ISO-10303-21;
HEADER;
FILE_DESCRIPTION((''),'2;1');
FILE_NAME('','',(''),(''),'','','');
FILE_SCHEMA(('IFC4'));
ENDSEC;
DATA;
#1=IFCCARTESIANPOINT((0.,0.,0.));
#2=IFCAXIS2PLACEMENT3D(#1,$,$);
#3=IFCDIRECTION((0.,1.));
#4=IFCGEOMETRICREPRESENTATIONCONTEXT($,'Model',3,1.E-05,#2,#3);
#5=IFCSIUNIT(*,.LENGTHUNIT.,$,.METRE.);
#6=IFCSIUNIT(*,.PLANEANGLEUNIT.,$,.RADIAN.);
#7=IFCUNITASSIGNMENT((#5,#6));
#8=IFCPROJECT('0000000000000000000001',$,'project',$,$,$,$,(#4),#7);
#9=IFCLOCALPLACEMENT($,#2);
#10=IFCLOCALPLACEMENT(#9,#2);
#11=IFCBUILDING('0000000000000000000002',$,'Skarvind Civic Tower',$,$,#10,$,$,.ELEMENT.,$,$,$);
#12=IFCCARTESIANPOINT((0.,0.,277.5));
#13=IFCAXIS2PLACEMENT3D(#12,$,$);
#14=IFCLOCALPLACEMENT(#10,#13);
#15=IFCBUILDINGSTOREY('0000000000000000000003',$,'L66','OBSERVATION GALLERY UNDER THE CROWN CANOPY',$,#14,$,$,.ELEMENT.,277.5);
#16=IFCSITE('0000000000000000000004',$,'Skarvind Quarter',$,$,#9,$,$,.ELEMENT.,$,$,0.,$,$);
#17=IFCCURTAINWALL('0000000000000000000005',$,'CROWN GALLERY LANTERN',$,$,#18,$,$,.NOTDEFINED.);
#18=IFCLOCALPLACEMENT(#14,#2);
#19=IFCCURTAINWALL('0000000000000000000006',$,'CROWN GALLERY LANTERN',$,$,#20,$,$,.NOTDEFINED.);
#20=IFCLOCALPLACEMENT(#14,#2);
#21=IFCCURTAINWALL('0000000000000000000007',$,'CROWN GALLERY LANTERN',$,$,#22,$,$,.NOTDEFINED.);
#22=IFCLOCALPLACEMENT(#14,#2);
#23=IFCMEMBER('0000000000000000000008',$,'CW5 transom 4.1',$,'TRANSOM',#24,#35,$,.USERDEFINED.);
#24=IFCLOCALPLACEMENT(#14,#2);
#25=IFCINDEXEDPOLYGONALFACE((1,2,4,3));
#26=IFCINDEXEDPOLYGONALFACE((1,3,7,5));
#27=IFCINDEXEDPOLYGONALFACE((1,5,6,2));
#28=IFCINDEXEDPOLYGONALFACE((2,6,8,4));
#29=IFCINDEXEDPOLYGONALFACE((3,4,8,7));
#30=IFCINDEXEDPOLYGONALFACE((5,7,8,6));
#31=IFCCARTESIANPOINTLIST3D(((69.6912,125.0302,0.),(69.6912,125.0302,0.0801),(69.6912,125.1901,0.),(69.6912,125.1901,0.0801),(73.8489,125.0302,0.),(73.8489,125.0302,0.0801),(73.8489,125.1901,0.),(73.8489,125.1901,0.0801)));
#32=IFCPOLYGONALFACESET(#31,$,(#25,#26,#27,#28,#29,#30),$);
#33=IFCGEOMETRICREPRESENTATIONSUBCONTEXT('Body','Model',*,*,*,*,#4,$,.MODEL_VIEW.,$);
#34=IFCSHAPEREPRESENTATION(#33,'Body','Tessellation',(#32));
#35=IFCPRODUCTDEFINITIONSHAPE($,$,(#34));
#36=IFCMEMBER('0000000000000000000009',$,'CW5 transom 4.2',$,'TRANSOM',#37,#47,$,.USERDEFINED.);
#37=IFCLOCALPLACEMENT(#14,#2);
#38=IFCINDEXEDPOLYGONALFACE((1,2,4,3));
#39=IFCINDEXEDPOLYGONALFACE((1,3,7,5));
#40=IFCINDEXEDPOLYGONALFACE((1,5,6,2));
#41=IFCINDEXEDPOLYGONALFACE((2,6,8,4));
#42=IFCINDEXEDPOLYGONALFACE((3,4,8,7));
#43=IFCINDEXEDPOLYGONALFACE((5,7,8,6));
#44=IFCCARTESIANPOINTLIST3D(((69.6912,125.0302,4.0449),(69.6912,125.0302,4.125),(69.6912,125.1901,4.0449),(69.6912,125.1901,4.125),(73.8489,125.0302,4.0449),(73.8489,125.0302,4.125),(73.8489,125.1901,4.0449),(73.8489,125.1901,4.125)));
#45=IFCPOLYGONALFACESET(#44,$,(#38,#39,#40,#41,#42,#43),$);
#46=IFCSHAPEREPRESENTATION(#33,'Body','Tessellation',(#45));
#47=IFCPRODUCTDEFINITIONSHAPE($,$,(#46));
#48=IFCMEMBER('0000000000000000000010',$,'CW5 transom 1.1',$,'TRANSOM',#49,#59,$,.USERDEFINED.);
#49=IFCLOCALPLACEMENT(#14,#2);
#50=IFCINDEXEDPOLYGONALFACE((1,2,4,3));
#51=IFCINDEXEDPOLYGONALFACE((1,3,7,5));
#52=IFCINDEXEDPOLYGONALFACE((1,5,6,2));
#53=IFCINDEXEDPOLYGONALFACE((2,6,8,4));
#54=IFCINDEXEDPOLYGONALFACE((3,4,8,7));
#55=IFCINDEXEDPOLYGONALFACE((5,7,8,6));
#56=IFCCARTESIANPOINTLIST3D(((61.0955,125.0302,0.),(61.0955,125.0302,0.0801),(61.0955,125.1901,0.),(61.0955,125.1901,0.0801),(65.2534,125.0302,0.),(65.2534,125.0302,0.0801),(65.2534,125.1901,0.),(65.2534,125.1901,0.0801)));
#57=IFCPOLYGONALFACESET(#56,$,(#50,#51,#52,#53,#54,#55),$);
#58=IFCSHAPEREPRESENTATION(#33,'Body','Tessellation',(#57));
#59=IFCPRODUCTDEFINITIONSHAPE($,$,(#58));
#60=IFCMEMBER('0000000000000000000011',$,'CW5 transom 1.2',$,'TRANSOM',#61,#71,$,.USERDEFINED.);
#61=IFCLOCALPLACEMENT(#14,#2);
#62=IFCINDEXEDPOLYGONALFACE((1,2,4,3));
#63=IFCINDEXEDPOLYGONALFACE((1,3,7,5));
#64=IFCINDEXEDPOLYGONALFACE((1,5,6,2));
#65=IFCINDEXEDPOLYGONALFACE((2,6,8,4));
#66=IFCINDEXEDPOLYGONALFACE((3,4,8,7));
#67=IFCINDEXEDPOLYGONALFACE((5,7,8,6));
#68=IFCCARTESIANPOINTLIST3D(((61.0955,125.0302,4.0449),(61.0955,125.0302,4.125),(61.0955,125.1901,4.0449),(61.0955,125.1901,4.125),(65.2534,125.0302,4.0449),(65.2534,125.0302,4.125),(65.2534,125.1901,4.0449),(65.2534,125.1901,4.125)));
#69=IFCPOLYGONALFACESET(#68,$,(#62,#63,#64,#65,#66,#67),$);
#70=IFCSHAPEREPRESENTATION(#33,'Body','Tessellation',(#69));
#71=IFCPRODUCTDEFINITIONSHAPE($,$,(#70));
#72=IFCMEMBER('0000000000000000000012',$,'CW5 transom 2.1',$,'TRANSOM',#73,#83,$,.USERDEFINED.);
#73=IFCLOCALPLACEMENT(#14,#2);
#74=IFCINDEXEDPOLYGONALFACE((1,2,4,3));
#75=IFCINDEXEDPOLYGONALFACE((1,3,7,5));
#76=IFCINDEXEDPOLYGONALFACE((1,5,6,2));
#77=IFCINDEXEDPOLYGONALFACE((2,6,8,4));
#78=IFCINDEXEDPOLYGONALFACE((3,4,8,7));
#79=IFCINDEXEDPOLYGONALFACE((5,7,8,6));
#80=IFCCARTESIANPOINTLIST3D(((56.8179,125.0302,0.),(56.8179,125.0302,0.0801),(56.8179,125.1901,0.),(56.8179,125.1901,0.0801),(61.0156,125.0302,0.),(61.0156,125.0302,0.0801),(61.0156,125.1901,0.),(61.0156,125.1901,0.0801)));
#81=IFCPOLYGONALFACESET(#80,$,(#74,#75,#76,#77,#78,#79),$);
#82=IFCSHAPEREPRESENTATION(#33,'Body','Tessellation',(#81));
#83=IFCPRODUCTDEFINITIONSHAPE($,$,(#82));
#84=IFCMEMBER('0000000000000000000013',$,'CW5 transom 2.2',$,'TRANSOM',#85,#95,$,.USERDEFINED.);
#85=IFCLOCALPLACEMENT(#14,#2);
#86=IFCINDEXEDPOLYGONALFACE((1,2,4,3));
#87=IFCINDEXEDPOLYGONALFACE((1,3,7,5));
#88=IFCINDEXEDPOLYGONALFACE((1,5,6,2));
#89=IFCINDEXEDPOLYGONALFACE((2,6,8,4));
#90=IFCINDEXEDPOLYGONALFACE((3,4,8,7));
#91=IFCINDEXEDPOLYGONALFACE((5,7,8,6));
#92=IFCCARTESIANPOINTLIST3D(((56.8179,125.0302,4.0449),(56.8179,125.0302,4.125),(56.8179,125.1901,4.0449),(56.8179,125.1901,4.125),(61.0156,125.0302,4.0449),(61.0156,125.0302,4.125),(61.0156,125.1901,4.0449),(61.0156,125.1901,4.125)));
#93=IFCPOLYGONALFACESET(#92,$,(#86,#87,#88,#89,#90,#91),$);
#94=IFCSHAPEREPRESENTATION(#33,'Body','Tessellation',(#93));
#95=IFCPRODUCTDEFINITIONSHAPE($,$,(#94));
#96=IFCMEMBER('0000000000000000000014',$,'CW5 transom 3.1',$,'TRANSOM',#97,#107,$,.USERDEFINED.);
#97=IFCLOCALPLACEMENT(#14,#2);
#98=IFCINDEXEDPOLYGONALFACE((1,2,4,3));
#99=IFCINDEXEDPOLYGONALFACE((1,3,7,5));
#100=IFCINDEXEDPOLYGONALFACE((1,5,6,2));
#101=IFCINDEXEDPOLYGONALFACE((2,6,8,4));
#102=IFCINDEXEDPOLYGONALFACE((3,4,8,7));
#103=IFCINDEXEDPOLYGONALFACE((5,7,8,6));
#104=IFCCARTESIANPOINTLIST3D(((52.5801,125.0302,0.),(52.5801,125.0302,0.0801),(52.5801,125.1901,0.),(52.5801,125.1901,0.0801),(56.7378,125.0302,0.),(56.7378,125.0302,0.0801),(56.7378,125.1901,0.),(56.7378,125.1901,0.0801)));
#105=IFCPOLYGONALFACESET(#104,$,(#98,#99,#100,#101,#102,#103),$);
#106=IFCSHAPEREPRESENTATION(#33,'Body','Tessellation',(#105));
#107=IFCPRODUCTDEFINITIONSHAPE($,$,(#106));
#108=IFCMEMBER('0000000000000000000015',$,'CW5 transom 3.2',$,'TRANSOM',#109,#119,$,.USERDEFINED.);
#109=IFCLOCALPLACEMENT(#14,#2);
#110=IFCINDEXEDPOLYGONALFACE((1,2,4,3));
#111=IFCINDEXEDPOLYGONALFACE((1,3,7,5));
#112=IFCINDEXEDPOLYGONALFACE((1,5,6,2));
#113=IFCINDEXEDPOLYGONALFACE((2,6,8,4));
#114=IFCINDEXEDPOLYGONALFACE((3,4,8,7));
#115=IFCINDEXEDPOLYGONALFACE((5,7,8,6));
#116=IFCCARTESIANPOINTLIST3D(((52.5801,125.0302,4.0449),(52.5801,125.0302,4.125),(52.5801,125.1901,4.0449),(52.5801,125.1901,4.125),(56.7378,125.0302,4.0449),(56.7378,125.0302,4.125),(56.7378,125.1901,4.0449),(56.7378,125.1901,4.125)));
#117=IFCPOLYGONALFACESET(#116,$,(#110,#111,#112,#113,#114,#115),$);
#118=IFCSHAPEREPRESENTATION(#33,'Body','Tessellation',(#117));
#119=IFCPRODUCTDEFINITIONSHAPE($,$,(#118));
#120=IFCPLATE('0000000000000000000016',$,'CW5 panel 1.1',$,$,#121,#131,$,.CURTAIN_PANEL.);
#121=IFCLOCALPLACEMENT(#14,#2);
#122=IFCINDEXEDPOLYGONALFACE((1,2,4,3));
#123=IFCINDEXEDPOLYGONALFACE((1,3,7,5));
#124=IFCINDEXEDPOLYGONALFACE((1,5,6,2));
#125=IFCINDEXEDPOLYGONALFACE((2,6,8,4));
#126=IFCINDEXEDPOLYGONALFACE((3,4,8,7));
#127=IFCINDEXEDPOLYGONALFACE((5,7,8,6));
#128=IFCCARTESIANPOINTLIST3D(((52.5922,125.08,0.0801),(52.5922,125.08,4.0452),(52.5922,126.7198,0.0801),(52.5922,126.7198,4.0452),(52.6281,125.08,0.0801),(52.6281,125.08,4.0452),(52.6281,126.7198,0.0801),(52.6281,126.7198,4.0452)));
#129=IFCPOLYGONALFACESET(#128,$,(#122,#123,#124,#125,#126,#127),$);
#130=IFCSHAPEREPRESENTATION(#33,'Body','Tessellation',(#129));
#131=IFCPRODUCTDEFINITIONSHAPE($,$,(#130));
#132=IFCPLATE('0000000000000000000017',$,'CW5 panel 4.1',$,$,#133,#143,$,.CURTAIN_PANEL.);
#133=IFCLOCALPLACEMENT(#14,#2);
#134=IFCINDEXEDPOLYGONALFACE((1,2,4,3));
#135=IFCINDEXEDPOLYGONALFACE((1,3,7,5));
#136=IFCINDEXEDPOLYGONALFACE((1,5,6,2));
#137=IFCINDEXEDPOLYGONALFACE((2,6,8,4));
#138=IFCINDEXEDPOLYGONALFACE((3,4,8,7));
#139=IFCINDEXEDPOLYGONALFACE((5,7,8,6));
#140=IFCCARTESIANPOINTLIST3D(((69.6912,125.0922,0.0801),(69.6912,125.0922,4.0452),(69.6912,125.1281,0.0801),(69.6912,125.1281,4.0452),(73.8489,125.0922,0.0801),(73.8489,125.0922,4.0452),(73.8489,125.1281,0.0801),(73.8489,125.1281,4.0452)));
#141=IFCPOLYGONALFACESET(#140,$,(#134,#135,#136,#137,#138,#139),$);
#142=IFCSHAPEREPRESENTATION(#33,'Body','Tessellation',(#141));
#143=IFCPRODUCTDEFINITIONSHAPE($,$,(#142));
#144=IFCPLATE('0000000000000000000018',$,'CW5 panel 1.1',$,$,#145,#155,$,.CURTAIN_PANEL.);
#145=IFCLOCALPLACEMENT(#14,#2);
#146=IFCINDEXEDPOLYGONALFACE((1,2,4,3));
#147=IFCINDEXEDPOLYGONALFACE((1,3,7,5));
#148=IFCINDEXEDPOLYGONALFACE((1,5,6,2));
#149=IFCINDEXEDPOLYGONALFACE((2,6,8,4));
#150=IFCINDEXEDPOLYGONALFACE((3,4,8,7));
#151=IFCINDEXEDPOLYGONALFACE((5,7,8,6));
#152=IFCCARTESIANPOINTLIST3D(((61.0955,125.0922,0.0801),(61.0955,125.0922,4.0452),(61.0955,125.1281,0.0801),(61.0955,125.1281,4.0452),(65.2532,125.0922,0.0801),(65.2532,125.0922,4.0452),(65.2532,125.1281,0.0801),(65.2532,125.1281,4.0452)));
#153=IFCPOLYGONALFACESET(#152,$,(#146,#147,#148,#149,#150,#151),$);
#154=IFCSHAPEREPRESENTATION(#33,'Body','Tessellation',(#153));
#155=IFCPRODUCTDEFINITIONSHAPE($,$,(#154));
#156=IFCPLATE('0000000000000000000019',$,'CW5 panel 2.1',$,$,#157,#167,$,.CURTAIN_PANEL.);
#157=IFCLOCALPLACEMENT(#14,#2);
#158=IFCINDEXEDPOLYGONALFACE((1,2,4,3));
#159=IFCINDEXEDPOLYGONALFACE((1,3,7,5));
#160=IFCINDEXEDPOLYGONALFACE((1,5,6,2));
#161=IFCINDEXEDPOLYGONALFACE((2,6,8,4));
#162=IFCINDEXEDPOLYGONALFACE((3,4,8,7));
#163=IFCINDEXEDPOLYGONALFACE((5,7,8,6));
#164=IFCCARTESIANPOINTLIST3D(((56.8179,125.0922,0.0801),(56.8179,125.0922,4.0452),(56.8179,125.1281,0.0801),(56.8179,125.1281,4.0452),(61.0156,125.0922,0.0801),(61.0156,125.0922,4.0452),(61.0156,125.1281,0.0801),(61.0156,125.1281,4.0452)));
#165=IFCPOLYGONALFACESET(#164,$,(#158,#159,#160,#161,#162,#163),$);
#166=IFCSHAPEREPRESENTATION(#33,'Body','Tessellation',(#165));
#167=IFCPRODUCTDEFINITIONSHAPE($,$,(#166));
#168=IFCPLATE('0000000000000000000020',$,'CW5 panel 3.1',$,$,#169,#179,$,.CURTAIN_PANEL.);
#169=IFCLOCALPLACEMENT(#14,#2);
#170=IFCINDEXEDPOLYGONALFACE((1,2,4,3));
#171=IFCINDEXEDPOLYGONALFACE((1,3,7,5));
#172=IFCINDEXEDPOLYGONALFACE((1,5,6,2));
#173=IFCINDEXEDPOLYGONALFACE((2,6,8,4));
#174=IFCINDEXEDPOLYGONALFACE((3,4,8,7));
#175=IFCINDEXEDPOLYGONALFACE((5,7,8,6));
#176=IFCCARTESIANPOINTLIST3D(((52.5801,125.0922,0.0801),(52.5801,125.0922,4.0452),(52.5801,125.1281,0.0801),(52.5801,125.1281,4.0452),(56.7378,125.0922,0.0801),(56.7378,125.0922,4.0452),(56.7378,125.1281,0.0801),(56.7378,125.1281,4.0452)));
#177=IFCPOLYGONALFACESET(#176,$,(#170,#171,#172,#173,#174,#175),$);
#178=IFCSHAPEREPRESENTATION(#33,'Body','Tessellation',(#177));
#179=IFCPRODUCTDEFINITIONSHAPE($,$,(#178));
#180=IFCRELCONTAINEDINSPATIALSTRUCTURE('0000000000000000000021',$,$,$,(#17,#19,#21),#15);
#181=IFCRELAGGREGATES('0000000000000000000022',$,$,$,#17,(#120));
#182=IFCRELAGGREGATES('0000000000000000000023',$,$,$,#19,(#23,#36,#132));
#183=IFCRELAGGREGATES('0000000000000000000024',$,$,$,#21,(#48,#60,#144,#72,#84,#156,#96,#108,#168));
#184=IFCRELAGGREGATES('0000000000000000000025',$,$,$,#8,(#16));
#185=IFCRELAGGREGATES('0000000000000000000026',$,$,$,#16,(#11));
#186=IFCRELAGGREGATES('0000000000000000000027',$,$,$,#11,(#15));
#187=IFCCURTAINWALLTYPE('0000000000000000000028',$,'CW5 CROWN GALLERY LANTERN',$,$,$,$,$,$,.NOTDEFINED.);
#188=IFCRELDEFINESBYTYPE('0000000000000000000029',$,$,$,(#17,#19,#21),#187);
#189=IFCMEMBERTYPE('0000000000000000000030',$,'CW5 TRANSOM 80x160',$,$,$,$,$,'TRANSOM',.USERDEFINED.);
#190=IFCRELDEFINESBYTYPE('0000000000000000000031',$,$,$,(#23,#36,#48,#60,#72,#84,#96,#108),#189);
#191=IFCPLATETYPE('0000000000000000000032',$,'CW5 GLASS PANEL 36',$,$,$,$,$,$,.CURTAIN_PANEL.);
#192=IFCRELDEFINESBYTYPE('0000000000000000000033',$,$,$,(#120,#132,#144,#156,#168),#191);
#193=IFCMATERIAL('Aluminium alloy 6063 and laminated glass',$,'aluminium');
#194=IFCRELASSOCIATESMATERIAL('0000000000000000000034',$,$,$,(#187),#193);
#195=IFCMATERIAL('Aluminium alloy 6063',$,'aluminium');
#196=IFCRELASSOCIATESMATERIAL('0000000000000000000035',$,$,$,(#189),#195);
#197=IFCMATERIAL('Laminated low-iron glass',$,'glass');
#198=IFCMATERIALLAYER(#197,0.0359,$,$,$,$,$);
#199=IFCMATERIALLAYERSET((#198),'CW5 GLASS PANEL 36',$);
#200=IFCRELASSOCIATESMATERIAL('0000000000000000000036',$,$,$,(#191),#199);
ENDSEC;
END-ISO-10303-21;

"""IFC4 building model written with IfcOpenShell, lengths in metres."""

from ifc_helpers import new_model, si_unit, direction, frame, origin, origin_2d, place, context, subcontext, project, spatial, rectangle, extrude, material, layer, layer_set, material_profile, profile_set, type_object, element, aggregate, save


model = new_model("IFC4")

# Units and contexts
model_context = context("Model", 3, precision=1e-05, world=origin(), true_north=direction((0.0, 1.0)))
body_context = subcontext(model_context, "Body", "Model", "MODEL_VIEW")
ifc_project = project(units=[si_unit("LENGTHUNIT", "METRE"), si_unit("PLANEANGLEUNIT", "RADIAN")], contexts=[model_context])

# Site, building, storey
site_placement = place(None, origin())
site = spatial("IfcSite", under=ifc_project, at=site_placement, Name="Skarvind Quarter", CompositionType="ELEMENT", RefElevation=0.0)
building_placement = place(site_placement, origin())
building = spatial("IfcBuilding", under=site, at=building_placement, Name="Skarvind Civic Tower", CompositionType="ELEMENT")
storey_placement = place(building_placement, frame((0.0, 0.0, 277.5)))
storey = spatial("IfcBuildingStorey", under=building, at=storey_placement, Name="L66", Description="OBSERVATION GALLERY UNDER THE CROWN CANOPY", CompositionType="ELEMENT", Elevation=277.5)

# Curtain walls
ifc_material_1 = material(Name="Aluminium alloy 6063 and laminated glass", Category="aluminium")
curtain_wall_type = type_object("IfcCurtainWallType", Name="CW5 CROWN GALLERY LANTERN", PredefinedType="NOTDEFINED", material=ifc_material_1)
curtain_wall_1_placement = place(storey_placement, origin())
curtain_wall_1 = element("IfcCurtainWall", 1, at=curtain_wall_1_placement, inside=storey, type_object=curtain_wall_type, Name="CROWN GALLERY LANTERN", PredefinedType="NOTDEFINED")
ifc_material_2 = material(Name="Aluminium alloy 6063", Category="aluminium")
curtain_wall_2_placement = place(storey_placement, origin())
curtain_wall_2 = element("IfcCurtainWall", 2, at=curtain_wall_2_placement, inside=storey, type_object=curtain_wall_type, Name="CROWN GALLERY LANTERN", PredefinedType="NOTDEFINED")
curtain_wall_3_placement = place(storey_placement, origin())
curtain_wall_3 = element("IfcCurtainWall", 3, at=curtain_wall_3_placement, inside=storey, type_object=curtain_wall_type, Name="CROWN GALLERY LANTERN", PredefinedType="NOTDEFINED")

# Members
ifc_material_profile_1 = material_profile(ifc_material_2, rectangle(XDim=0.1599, YDim=0.0801, at=origin_2d()), Name="AL 80x160")
ifc_profile_set_1 = profile_set([ifc_material_profile_1], Name="Aluminium alloy 6063")
member_type_1 = type_object("IfcMemberType", Name="CW5 TRANSOM 80x160", ElementType="TRANSOM", PredefinedType="USERDEFINED", material=ifc_profile_set_1)
member_1_placement = place(storey_placement, frame((73.8489, 125.1101, 0.04), z_axis=(-1.0, 0.0, 0.0), x_axis=(0.0, -1.0, 0.0)))
member_1 = element("IfcMember", 4, at=member_1_placement, type_object=member_type_1, Name="CW5 transom 4.1", ObjectType="TRANSOM", PredefinedType="USERDEFINED", context=body_context, shape_type="SweptSolid", body=[
    extrude(rectangle(XDim=0.1599, YDim=0.0801, at=origin_2d()), origin(), (0.0, 0.0, 1.0), 4.1577),
])
member_2_placement = place(storey_placement, frame((73.8489, 125.1101, 4.085), z_axis=(-1.0, 0.0, 0.0), x_axis=(0.0, -1.0, 0.0)))
member_2 = element("IfcMember", 5, at=member_2_placement, type_object=member_type_1, Name="CW5 transom 4.2", ObjectType="TRANSOM", PredefinedType="USERDEFINED", context=body_context, shape_type="SweptSolid", body=[
    extrude(rectangle(XDim=0.1599, YDim=0.0801, at=origin_2d()), origin(), (0.0, 0.0, 1.0), 4.1577),
])
member_3_placement = place(storey_placement, frame((65.2534, 125.1101, 0.04), z_axis=(-1.0, 0.0, 0.0), x_axis=(0.0, -1.0, 0.0)))
member_3 = element("IfcMember", 6, at=member_3_placement, type_object=member_type_1, Name="CW5 transom 1.1", ObjectType="TRANSOM", PredefinedType="USERDEFINED", context=body_context, shape_type="SweptSolid", body=[
    extrude(rectangle(XDim=0.1599, YDim=0.0801, at=origin_2d()), origin(), (0.0, 0.0, 1.0), 4.158),
])
member_4_placement = place(storey_placement, frame((65.2534, 125.1101, 4.085), z_axis=(-1.0, 0.0, 0.0), x_axis=(0.0, -1.0, 0.0)))
member_4 = element("IfcMember", 7, at=member_4_placement, type_object=member_type_1, Name="CW5 transom 1.2", ObjectType="TRANSOM", PredefinedType="USERDEFINED", context=body_context, shape_type="SweptSolid", body=[
    extrude(rectangle(XDim=0.1599, YDim=0.0801, at=origin_2d()), origin(), (0.0, 0.0, 1.0), 4.158),
])
member_5_placement = place(storey_placement, frame((61.0156, 125.1101, 0.04), z_axis=(-1.0, 0.0, 0.0), x_axis=(0.0, -1.0, 0.0)))
member_5 = element("IfcMember", 8, at=member_5_placement, type_object=member_type_1, Name="CW5 transom 2.1", ObjectType="TRANSOM", PredefinedType="USERDEFINED", context=body_context, shape_type="SweptSolid", body=[
    extrude(rectangle(XDim=0.1599, YDim=0.0801, at=origin_2d()), origin(), (0.0, 0.0, 1.0), 4.1978),
])
member_6_placement = place(storey_placement, frame((61.0156, 125.1101, 4.085), z_axis=(-1.0, 0.0, 0.0), x_axis=(0.0, -1.0, 0.0)))
member_6 = element("IfcMember", 9, at=member_6_placement, type_object=member_type_1, Name="CW5 transom 2.2", ObjectType="TRANSOM", PredefinedType="USERDEFINED", context=body_context, shape_type="SweptSolid", body=[
    extrude(rectangle(XDim=0.1599, YDim=0.0801, at=origin_2d()), origin(), (0.0, 0.0, 1.0), 4.1978),
])
member_7_placement = place(storey_placement, frame((56.7378, 125.1101, 0.04), z_axis=(-1.0, 0.0, 0.0), x_axis=(0.0, -1.0, 0.0)))
member_7 = element("IfcMember", 10, at=member_7_placement, type_object=member_type_1, Name="CW5 transom 3.1", ObjectType="TRANSOM", PredefinedType="USERDEFINED", context=body_context, shape_type="SweptSolid", body=[
    extrude(rectangle(XDim=0.1599, YDim=0.0801, at=origin_2d()), origin(), (0.0, 0.0, 1.0), 4.1577),
])
member_8_placement = place(storey_placement, frame((56.7378, 125.1101, 4.085), z_axis=(-1.0, 0.0, 0.0), x_axis=(0.0, -1.0, 0.0)))
member_8 = element("IfcMember", 11, at=member_8_placement, type_object=member_type_1, Name="CW5 transom 3.2", ObjectType="TRANSOM", PredefinedType="USERDEFINED", context=body_context, shape_type="SweptSolid", body=[
    extrude(rectangle(XDim=0.1599, YDim=0.0801, at=origin_2d()), origin(), (0.0, 0.0, 1.0), 4.1577),
])

# Plates
ifc_material_3 = material(Name="Laminated low-iron glass", Category="glass")
ifc_layer_1 = layer(ifc_material_3, 0.0359)
ifc_layer_set_1 = layer_set([ifc_layer_1], Name="CW5 GLASS PANEL 36")
plate_type = type_object("IfcPlateType", Name="CW5 GLASS PANEL 36", PredefinedType="CURTAIN_PANEL", material=ifc_layer_set_1)
plate_1_placement = place(storey_placement, frame((52.6101, 125.8999, 0.0801), z_axis=(0.0, 0.0, 1.0), x_axis=(0.0, 1.0, 0.0)))
plate_1 = element("IfcPlate", 12, at=plate_1_placement, type_object=plate_type, Name="CW5 panel 1.1", PredefinedType="CURTAIN_PANEL", context=body_context, shape_type="SweptSolid", body=[
    extrude(rectangle(XDim=1.6399, YDim=0.0359, at=origin_2d()), origin(), (0.0, 0.0, 1.0), 3.9651),
])
aggregate(curtain_wall_1, [plate_1])
plate_2_placement = place(storey_placement, frame((71.77, 125.1101, 0.0801), z_axis=(0.0, 0.0, 1.0), x_axis=(-1.0, 0.0, 0.0)))
plate_2 = element("IfcPlate", 13, at=plate_2_placement, type_object=plate_type, Name="CW5 panel 4.1", PredefinedType="CURTAIN_PANEL", context=body_context, shape_type="SweptSolid", body=[
    extrude(rectangle(XDim=4.1577, YDim=0.0359, at=origin_2d()), origin(), (0.0, 0.0, 1.0), 3.9651),
])
aggregate(curtain_wall_2, [member_1, member_2, plate_2])
plate_3_placement = place(storey_placement, frame((63.1743, 125.1101, 0.0801), z_axis=(0.0, 0.0, 1.0), x_axis=(-1.0, 0.0, 0.0)))
plate_3 = element("IfcPlate", 14, at=plate_3_placement, type_object=plate_type, Name="CW5 panel 1.1", PredefinedType="CURTAIN_PANEL", context=body_context, shape_type="SweptSolid", body=[
    extrude(rectangle(XDim=4.1577, YDim=0.0359, at=origin_2d()), origin(), (0.0, 0.0, 1.0), 3.9651),
])
plate_4_placement = place(storey_placement, frame((58.9167, 125.1101, 0.0801), z_axis=(0.0, 0.0, 1.0), x_axis=(-1.0, 0.0, 0.0)))
plate_4 = element("IfcPlate", 15, at=plate_4_placement, type_object=plate_type, Name="CW5 panel 2.1", PredefinedType="CURTAIN_PANEL", context=body_context, shape_type="SweptSolid", body=[
    extrude(rectangle(XDim=4.1978, YDim=0.0359, at=origin_2d()), origin(), (0.0, 0.0, 1.0), 3.9651),
])
plate_5_placement = place(storey_placement, frame((54.6589, 125.1101, 0.0801), z_axis=(0.0, 0.0, 1.0), x_axis=(-1.0, 0.0, 0.0)))
plate_5 = element("IfcPlate", 16, at=plate_5_placement, type_object=plate_type, Name="CW5 panel 3.1", PredefinedType="CURTAIN_PANEL", context=body_context, shape_type="SweptSolid", body=[
    extrude(rectangle(XDim=4.1577, YDim=0.0359, at=origin_2d()), origin(), (0.0, 0.0, 1.0), 3.9651),
])
aggregate(curtain_wall_3, [member_3, member_4, plate_3, member_5, member_6, plate_4, member_7, member_8, plate_5])

save(model, "model.ifc")
